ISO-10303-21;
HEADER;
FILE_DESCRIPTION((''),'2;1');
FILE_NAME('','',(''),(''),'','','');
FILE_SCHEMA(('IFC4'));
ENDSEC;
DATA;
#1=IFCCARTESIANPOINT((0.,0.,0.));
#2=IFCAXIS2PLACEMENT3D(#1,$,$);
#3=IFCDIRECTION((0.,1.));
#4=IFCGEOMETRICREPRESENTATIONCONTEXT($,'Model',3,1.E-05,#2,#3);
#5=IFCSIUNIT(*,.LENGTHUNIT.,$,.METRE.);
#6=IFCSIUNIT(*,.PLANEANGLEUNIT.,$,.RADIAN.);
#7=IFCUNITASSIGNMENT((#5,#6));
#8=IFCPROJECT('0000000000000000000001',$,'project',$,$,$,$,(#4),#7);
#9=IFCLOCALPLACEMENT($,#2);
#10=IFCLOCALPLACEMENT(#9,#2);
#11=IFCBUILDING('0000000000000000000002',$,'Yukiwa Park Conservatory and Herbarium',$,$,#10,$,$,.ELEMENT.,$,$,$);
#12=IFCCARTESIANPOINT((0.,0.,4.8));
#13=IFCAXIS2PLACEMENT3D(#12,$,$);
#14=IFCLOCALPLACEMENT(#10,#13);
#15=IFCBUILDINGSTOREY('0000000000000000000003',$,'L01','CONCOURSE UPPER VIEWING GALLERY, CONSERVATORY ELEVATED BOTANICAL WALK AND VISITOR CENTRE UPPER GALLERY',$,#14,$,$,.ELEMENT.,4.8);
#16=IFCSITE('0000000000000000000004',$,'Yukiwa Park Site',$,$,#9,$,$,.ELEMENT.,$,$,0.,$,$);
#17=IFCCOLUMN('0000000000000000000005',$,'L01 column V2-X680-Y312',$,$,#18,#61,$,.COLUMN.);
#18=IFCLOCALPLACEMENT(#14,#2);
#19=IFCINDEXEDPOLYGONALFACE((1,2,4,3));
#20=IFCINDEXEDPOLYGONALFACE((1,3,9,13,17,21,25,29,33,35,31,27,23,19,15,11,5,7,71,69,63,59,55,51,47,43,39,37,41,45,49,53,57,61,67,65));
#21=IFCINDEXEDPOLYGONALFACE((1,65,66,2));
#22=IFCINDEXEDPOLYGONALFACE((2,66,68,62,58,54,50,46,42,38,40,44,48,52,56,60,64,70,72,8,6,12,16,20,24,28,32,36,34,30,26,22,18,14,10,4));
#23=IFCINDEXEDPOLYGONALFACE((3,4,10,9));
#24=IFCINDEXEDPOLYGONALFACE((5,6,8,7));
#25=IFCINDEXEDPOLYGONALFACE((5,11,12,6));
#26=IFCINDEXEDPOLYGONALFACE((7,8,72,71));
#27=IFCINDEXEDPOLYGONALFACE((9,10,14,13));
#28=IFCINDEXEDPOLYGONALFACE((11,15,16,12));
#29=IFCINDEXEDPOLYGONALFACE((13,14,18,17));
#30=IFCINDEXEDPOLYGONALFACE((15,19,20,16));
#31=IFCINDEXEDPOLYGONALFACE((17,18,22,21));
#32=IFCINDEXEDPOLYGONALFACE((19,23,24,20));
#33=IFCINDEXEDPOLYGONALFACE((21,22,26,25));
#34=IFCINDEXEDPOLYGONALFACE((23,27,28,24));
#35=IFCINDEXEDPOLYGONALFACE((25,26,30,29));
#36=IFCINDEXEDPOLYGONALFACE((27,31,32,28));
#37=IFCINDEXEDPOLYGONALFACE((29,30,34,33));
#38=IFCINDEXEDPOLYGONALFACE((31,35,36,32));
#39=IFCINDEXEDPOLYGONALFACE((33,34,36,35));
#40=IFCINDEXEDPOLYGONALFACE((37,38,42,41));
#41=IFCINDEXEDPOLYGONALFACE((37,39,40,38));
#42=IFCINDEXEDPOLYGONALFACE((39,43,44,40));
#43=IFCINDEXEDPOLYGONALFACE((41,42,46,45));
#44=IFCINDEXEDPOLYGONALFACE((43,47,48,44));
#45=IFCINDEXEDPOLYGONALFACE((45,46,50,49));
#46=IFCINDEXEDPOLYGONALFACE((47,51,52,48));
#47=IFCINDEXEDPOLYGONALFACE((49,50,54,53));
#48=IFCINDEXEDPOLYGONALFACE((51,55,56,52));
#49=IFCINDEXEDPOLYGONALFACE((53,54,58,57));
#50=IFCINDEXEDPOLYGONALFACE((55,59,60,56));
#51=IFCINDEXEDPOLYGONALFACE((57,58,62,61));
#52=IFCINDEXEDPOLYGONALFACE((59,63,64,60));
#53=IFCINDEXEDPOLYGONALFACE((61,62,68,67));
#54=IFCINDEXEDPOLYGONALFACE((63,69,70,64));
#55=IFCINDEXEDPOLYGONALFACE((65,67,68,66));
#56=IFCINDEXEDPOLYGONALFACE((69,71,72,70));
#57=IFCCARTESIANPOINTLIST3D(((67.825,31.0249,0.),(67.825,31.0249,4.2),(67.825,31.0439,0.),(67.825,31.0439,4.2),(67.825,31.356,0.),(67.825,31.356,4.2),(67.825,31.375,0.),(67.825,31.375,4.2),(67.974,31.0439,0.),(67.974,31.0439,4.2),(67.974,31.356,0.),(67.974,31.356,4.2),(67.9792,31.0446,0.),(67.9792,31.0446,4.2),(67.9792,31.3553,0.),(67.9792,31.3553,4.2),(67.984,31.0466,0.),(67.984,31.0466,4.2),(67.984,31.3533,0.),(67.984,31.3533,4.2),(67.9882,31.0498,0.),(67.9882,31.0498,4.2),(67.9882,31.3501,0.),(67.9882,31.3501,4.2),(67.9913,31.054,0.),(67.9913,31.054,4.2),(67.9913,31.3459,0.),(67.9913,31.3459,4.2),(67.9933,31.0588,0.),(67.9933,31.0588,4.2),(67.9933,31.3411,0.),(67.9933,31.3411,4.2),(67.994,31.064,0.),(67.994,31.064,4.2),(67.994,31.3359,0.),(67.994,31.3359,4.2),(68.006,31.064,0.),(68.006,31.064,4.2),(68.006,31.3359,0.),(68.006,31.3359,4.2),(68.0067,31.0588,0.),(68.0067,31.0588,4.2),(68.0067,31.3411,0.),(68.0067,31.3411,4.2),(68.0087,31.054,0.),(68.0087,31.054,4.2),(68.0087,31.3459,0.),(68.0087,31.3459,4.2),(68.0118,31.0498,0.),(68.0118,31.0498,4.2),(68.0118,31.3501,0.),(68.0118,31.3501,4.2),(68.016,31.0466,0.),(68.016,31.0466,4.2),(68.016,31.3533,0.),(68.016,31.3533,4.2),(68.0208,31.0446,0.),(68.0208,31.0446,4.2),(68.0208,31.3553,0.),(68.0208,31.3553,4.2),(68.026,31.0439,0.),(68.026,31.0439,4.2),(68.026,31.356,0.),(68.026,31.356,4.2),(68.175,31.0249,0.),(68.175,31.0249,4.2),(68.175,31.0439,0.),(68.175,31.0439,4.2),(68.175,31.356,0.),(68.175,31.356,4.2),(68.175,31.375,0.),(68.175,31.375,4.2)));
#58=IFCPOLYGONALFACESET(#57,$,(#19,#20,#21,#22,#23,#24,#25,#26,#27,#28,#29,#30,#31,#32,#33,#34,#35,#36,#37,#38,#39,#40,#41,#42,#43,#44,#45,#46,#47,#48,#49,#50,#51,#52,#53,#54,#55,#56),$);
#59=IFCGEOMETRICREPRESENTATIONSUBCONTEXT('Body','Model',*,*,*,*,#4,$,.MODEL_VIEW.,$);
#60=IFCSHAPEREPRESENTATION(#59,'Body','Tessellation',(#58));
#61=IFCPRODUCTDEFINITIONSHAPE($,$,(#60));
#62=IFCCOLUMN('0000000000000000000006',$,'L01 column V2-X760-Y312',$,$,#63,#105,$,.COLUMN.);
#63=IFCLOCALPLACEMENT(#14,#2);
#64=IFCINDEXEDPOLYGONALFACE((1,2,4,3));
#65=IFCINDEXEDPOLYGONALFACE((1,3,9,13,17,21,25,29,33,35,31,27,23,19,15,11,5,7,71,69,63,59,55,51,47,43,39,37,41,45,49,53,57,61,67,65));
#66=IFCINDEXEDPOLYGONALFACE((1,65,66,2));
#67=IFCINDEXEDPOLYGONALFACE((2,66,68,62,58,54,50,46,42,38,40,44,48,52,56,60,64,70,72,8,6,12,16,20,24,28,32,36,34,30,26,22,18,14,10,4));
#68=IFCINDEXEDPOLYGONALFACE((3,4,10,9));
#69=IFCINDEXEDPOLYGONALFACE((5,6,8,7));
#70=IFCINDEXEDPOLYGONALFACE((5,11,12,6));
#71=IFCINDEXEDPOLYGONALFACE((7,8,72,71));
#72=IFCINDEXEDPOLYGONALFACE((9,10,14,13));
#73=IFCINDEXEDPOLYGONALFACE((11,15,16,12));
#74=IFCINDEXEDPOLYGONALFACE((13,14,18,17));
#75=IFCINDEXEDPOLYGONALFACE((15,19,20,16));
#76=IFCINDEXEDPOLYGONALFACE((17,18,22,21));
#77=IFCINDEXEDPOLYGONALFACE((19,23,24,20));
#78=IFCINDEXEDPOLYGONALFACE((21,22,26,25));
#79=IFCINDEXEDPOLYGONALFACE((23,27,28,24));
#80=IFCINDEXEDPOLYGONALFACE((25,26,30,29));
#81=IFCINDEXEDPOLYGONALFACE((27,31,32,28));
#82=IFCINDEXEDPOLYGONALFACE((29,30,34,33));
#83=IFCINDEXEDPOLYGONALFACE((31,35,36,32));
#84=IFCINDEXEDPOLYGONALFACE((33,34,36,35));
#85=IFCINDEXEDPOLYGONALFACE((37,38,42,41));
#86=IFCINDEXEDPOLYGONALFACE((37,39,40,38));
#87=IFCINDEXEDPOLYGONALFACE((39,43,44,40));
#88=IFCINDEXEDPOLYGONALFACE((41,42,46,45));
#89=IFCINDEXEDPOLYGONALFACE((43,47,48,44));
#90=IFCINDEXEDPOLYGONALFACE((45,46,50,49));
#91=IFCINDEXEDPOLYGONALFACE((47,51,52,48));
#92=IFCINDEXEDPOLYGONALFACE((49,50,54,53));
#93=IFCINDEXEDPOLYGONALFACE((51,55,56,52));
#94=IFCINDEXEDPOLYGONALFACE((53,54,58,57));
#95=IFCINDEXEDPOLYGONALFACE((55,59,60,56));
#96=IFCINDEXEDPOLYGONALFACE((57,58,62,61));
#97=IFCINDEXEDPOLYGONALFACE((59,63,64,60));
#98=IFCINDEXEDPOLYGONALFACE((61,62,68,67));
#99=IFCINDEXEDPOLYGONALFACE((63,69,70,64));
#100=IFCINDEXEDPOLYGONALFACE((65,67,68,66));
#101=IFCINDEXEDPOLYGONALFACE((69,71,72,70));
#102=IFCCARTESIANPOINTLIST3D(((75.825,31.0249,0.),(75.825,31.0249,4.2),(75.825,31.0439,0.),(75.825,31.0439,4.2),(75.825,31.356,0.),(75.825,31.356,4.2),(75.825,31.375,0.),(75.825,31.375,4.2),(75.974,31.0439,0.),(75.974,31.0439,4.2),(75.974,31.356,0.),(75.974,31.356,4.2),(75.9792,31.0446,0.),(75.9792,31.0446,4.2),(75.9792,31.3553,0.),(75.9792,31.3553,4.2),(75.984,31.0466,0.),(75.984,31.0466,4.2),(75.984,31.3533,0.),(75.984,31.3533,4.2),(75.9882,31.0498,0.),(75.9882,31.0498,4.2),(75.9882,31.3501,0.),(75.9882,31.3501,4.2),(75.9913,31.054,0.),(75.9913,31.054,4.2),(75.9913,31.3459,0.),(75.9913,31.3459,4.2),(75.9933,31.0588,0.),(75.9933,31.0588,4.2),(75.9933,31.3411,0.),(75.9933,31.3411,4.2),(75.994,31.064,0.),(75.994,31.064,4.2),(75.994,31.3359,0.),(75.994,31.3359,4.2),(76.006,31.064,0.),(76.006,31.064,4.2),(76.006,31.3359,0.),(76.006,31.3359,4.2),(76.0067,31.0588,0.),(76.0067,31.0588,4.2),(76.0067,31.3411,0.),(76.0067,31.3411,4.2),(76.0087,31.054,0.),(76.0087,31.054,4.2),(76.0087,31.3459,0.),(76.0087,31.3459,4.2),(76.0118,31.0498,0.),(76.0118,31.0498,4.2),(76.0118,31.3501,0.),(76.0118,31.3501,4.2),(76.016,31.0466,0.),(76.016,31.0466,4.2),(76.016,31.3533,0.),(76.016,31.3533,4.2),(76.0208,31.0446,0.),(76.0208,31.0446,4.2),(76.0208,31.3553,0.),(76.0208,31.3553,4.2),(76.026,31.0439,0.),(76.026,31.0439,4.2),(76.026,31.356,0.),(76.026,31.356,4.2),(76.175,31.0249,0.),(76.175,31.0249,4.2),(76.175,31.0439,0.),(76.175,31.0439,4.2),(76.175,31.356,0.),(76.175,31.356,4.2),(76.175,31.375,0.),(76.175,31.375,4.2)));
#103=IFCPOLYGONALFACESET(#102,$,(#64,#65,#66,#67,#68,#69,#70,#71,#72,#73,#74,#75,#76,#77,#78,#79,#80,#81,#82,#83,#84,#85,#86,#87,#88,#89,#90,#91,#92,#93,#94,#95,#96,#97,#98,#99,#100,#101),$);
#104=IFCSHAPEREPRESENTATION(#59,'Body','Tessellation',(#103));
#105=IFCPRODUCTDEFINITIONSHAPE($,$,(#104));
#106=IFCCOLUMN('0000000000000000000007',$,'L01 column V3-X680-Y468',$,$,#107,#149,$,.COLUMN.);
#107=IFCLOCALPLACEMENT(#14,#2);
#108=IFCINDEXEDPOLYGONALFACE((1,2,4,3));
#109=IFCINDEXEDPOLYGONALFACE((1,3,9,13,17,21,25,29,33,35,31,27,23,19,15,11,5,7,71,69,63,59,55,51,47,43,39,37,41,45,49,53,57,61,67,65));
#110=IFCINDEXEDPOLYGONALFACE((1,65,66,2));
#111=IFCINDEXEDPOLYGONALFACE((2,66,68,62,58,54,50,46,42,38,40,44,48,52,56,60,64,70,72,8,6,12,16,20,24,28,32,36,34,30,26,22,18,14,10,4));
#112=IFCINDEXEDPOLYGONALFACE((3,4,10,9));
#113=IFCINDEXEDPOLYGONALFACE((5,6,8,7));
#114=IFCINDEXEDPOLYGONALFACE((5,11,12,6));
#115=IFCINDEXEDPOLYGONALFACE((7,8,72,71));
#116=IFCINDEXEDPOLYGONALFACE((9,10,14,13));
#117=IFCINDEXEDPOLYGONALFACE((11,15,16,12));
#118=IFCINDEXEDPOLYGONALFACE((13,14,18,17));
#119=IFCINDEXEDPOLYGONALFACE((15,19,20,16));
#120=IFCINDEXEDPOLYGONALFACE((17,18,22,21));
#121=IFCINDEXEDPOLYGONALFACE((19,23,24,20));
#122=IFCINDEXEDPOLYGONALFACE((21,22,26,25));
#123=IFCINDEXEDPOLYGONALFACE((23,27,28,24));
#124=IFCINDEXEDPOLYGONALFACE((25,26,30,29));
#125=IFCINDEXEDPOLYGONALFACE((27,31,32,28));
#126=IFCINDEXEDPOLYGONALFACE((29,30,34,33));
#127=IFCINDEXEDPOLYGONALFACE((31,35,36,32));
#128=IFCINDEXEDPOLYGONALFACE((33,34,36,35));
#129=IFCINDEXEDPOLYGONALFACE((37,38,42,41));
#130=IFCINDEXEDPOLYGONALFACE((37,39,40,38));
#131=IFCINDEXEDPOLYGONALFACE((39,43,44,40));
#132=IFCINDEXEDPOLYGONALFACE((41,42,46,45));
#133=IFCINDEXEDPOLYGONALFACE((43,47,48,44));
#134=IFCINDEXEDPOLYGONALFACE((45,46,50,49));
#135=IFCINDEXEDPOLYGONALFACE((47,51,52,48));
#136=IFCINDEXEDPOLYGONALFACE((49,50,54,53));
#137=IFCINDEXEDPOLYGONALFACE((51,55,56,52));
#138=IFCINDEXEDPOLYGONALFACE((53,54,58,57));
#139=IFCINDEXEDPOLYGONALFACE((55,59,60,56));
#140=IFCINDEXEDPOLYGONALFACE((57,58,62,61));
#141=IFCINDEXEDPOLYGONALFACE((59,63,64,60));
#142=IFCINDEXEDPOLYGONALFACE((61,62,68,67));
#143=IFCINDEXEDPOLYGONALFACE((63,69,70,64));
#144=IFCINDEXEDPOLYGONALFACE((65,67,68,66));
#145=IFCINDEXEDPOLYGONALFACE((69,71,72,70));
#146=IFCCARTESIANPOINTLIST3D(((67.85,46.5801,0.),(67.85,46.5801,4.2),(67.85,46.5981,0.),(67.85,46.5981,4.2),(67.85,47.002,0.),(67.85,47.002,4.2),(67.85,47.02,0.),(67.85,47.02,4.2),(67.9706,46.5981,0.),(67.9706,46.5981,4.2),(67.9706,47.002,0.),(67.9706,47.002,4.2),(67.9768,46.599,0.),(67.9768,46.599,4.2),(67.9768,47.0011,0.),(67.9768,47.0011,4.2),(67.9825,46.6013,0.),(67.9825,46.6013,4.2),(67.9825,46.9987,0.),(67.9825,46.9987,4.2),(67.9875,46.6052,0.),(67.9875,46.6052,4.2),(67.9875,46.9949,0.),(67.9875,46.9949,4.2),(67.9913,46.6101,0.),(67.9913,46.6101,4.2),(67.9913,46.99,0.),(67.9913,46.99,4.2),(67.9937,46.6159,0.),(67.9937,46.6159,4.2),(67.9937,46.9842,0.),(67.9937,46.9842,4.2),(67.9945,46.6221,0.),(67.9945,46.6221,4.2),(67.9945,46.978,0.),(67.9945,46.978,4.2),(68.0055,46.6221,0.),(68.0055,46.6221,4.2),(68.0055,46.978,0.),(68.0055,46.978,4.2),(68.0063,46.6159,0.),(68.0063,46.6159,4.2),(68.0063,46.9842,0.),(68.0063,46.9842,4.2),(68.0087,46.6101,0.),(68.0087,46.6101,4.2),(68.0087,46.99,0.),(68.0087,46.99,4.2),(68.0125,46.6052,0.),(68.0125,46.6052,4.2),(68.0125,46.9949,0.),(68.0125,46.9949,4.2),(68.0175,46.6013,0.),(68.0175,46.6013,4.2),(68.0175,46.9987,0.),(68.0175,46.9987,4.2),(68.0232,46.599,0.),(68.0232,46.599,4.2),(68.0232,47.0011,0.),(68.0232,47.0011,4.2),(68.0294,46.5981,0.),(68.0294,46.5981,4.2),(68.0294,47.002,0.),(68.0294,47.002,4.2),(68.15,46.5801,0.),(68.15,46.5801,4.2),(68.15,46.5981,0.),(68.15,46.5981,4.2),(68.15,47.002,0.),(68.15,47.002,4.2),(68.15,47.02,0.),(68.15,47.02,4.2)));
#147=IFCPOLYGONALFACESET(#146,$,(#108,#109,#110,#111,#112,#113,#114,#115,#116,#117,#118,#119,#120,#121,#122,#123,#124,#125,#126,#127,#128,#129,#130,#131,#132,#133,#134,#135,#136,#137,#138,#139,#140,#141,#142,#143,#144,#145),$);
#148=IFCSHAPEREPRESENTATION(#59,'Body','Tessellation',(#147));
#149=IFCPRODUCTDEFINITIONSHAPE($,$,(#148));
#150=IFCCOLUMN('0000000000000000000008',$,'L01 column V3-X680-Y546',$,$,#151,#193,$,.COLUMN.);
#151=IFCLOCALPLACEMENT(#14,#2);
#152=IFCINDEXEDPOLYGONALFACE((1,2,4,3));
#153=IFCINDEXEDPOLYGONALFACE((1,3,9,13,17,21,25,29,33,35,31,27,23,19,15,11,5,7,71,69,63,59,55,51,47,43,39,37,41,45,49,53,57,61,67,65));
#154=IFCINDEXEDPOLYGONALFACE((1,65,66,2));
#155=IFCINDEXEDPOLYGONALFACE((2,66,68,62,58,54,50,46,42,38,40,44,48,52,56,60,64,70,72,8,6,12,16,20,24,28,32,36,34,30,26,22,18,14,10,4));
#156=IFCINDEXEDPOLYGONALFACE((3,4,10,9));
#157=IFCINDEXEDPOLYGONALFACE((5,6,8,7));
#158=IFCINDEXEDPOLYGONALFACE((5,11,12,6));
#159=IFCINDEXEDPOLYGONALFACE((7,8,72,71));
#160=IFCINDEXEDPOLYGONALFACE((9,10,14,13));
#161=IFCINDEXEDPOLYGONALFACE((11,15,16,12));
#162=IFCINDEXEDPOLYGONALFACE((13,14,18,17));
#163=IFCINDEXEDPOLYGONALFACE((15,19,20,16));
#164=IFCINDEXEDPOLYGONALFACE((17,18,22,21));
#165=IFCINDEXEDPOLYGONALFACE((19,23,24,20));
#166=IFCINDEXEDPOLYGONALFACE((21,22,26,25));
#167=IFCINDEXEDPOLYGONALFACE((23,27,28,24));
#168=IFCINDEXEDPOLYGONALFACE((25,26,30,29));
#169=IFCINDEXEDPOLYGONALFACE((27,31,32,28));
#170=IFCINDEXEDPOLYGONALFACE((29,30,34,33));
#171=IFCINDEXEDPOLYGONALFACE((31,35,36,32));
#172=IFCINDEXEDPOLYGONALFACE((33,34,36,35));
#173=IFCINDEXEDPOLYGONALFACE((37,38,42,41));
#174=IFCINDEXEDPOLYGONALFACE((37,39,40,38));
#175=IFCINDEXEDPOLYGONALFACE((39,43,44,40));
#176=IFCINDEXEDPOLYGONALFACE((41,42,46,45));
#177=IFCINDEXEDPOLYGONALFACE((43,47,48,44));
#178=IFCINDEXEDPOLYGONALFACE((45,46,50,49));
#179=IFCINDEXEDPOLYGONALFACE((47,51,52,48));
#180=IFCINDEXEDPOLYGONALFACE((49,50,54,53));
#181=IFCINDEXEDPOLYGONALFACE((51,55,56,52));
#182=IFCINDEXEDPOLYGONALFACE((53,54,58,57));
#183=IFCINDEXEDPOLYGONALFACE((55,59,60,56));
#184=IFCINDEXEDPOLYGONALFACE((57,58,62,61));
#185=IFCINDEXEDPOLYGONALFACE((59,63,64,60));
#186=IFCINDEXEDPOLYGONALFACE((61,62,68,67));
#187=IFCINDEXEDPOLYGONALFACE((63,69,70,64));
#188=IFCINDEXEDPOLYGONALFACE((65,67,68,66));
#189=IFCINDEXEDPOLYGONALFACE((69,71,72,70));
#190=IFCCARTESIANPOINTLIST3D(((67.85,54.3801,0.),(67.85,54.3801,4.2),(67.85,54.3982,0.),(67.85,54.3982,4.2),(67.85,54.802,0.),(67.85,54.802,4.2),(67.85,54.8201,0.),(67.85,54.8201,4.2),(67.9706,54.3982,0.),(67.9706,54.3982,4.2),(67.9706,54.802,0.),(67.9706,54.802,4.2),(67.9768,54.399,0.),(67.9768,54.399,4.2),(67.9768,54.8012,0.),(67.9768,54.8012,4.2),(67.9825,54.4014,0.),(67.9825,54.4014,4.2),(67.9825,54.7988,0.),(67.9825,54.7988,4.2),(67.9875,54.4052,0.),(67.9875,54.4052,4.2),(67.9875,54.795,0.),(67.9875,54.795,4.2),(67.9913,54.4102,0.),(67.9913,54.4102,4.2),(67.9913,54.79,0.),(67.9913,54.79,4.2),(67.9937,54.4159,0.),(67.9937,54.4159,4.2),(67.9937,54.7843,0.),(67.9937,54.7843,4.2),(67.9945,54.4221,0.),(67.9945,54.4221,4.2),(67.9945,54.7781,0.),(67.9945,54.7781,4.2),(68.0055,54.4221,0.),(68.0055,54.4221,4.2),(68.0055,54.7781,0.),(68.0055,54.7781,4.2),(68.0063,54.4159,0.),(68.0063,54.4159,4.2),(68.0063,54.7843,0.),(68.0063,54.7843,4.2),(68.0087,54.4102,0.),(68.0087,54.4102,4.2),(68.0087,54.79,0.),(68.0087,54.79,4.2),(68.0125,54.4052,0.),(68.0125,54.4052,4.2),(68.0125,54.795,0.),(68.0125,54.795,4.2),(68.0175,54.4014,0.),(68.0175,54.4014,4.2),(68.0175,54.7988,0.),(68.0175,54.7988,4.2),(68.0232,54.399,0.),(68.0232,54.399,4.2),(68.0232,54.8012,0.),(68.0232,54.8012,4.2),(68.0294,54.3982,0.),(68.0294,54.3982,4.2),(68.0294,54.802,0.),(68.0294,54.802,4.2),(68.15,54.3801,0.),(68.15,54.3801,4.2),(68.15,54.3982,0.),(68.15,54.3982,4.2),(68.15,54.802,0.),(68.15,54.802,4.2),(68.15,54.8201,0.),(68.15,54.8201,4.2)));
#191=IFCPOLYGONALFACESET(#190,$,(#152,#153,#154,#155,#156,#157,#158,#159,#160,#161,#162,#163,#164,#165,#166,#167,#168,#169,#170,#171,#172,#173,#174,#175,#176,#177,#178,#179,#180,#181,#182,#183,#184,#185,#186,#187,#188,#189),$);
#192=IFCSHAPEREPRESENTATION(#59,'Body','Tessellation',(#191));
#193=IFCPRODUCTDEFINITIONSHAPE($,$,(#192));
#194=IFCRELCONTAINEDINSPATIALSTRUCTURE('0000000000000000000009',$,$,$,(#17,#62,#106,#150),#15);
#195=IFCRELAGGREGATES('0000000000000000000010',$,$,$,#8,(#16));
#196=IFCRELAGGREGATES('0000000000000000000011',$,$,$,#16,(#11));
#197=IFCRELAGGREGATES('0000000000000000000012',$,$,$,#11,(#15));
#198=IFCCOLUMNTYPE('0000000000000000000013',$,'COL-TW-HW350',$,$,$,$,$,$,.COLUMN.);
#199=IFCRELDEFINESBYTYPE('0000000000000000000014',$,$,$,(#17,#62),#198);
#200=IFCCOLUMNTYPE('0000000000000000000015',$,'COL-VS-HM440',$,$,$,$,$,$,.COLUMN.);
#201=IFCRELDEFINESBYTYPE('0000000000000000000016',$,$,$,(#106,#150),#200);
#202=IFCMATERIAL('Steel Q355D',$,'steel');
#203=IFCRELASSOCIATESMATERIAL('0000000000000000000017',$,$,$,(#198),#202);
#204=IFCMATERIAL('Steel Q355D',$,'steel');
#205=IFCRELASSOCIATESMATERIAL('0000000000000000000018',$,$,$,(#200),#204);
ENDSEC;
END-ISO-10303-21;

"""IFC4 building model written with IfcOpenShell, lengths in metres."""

from ifc_helpers import new_model, si_unit, direction, frame, origin, origin_2d, place, context, subcontext, project, spatial, i_section, extrude, material, material_profile, profile_set, type_object, element, save


model = new_model("IFC4")

# Units and contexts
model_context = context("Model", 3, precision=1e-05, world=origin(), true_north=direction((0.0, 1.0)))
body_context = subcontext(model_context, "Body", "Model", "MODEL_VIEW")
ifc_project = project(units=[si_unit("LENGTHUNIT", "METRE"), si_unit("PLANEANGLEUNIT", "RADIAN")], contexts=[model_context])

# Site, building, storey
site_placement = place(None, origin())
site = spatial("IfcSite", under=ifc_project, at=site_placement, Name="Yukiwa Park Site", CompositionType="ELEMENT", RefElevation=0.0)
building_placement = place(site_placement, origin())
building = spatial("IfcBuilding", under=site, at=building_placement, Name="Yukiwa Park Conservatory and Herbarium", CompositionType="ELEMENT")
storey_placement = place(building_placement, frame((0.0, 0.0, 4.8)))
storey = spatial("IfcBuildingStorey", under=building, at=storey_placement, Name="L01", Description="CONCOURSE UPPER VIEWING GALLERY, CONSERVATORY ELEVATED BOTANICAL WALK AND VISITOR CENTRE UPPER GALLERY", CompositionType="ELEMENT", Elevation=4.8)

# Columns
ifc_material_1 = material(Name="Steel Q355D", Category="steel")
ifc_material_profile_1 = material_profile(ifc_material_1, i_section(OverallWidth=0.3501, OverallDepth=0.3501, WebThickness=0.012, FlangeThickness=0.019, FilletRadius=0.02, at=origin_2d()), Name="HW 350x350x12x19")
ifc_profile_set_1 = profile_set([ifc_material_profile_1], Name="Steel Q355D")
column_type_1 = type_object("IfcColumnType", Name="COL-TW-HW350", PredefinedType="COLUMN", material=ifc_profile_set_1)
for number, where, z_axis, x_axis, name in (
    (1, (68.0, 31.2, 0.0), (0.0, 0.0, 1.0), (1.0, 0.0, 0.0), "L01 column V2-X680-Y312"),
    (2, (76.0, 31.2, 0.0), (0.0, 0.0, 1.0), (1.0, 0.0, 0.0), "L01 column V2-X760-Y312"),
):
    element("IfcColumn", number, at=place(storey_placement, frame(where, z_axis=z_axis, x_axis=x_axis)), inside=storey, type_object=column_type_1, Name=name, PredefinedType="COLUMN", context=body_context, shape_type="SweptSolid", body=[
        extrude(i_section(OverallWidth=0.3501, OverallDepth=0.3501, WebThickness=0.012, FlangeThickness=0.019, FilletRadius=0.02, at=origin_2d()), origin(), (0.0, 0.0, 1.0), 4.2),
    ])
ifc_material_2 = material(Name="Steel Q355D", Category="steel")
ifc_material_profile_2 = material_profile(ifc_material_2, i_section(OverallWidth=0.3, OverallDepth=0.4399, WebThickness=0.011, FlangeThickness=0.0181, FilletRadius=0.0239, at=origin_2d()), Name="HM 440x300x11x18")
ifc_profile_set_2 = profile_set([ifc_material_profile_2], Name="Steel Q355D")
column_type_2 = type_object("IfcColumnType", Name="COL-VS-HM440", PredefinedType="COLUMN", material=ifc_profile_set_2)
for number, where, z_axis, x_axis, name in (
    (3, (68.0, 46.8, 0.0), (0.0, 0.0, 1.0), (1.0, 0.0, 0.0), "L01 column V3-X680-Y468"),
    (4, (68.0, 54.6001, 0.0), (0.0, 0.0, 1.0), (1.0, 0.0, 0.0), "L01 column V3-X680-Y546"),
):
    element("IfcColumn", number, at=place(storey_placement, frame(where, z_axis=z_axis, x_axis=x_axis)), inside=storey, type_object=column_type_2, Name=name, PredefinedType="COLUMN", context=body_context, shape_type="SweptSolid", body=[
        extrude(i_section(OverallWidth=0.3, OverallDepth=0.4399, WebThickness=0.011, FlangeThickness=0.0181, FilletRadius=0.0239, at=origin_2d()), origin(), (0.0, 0.0, 1.0), 4.2),
    ])

save(model, "model.ifc")
